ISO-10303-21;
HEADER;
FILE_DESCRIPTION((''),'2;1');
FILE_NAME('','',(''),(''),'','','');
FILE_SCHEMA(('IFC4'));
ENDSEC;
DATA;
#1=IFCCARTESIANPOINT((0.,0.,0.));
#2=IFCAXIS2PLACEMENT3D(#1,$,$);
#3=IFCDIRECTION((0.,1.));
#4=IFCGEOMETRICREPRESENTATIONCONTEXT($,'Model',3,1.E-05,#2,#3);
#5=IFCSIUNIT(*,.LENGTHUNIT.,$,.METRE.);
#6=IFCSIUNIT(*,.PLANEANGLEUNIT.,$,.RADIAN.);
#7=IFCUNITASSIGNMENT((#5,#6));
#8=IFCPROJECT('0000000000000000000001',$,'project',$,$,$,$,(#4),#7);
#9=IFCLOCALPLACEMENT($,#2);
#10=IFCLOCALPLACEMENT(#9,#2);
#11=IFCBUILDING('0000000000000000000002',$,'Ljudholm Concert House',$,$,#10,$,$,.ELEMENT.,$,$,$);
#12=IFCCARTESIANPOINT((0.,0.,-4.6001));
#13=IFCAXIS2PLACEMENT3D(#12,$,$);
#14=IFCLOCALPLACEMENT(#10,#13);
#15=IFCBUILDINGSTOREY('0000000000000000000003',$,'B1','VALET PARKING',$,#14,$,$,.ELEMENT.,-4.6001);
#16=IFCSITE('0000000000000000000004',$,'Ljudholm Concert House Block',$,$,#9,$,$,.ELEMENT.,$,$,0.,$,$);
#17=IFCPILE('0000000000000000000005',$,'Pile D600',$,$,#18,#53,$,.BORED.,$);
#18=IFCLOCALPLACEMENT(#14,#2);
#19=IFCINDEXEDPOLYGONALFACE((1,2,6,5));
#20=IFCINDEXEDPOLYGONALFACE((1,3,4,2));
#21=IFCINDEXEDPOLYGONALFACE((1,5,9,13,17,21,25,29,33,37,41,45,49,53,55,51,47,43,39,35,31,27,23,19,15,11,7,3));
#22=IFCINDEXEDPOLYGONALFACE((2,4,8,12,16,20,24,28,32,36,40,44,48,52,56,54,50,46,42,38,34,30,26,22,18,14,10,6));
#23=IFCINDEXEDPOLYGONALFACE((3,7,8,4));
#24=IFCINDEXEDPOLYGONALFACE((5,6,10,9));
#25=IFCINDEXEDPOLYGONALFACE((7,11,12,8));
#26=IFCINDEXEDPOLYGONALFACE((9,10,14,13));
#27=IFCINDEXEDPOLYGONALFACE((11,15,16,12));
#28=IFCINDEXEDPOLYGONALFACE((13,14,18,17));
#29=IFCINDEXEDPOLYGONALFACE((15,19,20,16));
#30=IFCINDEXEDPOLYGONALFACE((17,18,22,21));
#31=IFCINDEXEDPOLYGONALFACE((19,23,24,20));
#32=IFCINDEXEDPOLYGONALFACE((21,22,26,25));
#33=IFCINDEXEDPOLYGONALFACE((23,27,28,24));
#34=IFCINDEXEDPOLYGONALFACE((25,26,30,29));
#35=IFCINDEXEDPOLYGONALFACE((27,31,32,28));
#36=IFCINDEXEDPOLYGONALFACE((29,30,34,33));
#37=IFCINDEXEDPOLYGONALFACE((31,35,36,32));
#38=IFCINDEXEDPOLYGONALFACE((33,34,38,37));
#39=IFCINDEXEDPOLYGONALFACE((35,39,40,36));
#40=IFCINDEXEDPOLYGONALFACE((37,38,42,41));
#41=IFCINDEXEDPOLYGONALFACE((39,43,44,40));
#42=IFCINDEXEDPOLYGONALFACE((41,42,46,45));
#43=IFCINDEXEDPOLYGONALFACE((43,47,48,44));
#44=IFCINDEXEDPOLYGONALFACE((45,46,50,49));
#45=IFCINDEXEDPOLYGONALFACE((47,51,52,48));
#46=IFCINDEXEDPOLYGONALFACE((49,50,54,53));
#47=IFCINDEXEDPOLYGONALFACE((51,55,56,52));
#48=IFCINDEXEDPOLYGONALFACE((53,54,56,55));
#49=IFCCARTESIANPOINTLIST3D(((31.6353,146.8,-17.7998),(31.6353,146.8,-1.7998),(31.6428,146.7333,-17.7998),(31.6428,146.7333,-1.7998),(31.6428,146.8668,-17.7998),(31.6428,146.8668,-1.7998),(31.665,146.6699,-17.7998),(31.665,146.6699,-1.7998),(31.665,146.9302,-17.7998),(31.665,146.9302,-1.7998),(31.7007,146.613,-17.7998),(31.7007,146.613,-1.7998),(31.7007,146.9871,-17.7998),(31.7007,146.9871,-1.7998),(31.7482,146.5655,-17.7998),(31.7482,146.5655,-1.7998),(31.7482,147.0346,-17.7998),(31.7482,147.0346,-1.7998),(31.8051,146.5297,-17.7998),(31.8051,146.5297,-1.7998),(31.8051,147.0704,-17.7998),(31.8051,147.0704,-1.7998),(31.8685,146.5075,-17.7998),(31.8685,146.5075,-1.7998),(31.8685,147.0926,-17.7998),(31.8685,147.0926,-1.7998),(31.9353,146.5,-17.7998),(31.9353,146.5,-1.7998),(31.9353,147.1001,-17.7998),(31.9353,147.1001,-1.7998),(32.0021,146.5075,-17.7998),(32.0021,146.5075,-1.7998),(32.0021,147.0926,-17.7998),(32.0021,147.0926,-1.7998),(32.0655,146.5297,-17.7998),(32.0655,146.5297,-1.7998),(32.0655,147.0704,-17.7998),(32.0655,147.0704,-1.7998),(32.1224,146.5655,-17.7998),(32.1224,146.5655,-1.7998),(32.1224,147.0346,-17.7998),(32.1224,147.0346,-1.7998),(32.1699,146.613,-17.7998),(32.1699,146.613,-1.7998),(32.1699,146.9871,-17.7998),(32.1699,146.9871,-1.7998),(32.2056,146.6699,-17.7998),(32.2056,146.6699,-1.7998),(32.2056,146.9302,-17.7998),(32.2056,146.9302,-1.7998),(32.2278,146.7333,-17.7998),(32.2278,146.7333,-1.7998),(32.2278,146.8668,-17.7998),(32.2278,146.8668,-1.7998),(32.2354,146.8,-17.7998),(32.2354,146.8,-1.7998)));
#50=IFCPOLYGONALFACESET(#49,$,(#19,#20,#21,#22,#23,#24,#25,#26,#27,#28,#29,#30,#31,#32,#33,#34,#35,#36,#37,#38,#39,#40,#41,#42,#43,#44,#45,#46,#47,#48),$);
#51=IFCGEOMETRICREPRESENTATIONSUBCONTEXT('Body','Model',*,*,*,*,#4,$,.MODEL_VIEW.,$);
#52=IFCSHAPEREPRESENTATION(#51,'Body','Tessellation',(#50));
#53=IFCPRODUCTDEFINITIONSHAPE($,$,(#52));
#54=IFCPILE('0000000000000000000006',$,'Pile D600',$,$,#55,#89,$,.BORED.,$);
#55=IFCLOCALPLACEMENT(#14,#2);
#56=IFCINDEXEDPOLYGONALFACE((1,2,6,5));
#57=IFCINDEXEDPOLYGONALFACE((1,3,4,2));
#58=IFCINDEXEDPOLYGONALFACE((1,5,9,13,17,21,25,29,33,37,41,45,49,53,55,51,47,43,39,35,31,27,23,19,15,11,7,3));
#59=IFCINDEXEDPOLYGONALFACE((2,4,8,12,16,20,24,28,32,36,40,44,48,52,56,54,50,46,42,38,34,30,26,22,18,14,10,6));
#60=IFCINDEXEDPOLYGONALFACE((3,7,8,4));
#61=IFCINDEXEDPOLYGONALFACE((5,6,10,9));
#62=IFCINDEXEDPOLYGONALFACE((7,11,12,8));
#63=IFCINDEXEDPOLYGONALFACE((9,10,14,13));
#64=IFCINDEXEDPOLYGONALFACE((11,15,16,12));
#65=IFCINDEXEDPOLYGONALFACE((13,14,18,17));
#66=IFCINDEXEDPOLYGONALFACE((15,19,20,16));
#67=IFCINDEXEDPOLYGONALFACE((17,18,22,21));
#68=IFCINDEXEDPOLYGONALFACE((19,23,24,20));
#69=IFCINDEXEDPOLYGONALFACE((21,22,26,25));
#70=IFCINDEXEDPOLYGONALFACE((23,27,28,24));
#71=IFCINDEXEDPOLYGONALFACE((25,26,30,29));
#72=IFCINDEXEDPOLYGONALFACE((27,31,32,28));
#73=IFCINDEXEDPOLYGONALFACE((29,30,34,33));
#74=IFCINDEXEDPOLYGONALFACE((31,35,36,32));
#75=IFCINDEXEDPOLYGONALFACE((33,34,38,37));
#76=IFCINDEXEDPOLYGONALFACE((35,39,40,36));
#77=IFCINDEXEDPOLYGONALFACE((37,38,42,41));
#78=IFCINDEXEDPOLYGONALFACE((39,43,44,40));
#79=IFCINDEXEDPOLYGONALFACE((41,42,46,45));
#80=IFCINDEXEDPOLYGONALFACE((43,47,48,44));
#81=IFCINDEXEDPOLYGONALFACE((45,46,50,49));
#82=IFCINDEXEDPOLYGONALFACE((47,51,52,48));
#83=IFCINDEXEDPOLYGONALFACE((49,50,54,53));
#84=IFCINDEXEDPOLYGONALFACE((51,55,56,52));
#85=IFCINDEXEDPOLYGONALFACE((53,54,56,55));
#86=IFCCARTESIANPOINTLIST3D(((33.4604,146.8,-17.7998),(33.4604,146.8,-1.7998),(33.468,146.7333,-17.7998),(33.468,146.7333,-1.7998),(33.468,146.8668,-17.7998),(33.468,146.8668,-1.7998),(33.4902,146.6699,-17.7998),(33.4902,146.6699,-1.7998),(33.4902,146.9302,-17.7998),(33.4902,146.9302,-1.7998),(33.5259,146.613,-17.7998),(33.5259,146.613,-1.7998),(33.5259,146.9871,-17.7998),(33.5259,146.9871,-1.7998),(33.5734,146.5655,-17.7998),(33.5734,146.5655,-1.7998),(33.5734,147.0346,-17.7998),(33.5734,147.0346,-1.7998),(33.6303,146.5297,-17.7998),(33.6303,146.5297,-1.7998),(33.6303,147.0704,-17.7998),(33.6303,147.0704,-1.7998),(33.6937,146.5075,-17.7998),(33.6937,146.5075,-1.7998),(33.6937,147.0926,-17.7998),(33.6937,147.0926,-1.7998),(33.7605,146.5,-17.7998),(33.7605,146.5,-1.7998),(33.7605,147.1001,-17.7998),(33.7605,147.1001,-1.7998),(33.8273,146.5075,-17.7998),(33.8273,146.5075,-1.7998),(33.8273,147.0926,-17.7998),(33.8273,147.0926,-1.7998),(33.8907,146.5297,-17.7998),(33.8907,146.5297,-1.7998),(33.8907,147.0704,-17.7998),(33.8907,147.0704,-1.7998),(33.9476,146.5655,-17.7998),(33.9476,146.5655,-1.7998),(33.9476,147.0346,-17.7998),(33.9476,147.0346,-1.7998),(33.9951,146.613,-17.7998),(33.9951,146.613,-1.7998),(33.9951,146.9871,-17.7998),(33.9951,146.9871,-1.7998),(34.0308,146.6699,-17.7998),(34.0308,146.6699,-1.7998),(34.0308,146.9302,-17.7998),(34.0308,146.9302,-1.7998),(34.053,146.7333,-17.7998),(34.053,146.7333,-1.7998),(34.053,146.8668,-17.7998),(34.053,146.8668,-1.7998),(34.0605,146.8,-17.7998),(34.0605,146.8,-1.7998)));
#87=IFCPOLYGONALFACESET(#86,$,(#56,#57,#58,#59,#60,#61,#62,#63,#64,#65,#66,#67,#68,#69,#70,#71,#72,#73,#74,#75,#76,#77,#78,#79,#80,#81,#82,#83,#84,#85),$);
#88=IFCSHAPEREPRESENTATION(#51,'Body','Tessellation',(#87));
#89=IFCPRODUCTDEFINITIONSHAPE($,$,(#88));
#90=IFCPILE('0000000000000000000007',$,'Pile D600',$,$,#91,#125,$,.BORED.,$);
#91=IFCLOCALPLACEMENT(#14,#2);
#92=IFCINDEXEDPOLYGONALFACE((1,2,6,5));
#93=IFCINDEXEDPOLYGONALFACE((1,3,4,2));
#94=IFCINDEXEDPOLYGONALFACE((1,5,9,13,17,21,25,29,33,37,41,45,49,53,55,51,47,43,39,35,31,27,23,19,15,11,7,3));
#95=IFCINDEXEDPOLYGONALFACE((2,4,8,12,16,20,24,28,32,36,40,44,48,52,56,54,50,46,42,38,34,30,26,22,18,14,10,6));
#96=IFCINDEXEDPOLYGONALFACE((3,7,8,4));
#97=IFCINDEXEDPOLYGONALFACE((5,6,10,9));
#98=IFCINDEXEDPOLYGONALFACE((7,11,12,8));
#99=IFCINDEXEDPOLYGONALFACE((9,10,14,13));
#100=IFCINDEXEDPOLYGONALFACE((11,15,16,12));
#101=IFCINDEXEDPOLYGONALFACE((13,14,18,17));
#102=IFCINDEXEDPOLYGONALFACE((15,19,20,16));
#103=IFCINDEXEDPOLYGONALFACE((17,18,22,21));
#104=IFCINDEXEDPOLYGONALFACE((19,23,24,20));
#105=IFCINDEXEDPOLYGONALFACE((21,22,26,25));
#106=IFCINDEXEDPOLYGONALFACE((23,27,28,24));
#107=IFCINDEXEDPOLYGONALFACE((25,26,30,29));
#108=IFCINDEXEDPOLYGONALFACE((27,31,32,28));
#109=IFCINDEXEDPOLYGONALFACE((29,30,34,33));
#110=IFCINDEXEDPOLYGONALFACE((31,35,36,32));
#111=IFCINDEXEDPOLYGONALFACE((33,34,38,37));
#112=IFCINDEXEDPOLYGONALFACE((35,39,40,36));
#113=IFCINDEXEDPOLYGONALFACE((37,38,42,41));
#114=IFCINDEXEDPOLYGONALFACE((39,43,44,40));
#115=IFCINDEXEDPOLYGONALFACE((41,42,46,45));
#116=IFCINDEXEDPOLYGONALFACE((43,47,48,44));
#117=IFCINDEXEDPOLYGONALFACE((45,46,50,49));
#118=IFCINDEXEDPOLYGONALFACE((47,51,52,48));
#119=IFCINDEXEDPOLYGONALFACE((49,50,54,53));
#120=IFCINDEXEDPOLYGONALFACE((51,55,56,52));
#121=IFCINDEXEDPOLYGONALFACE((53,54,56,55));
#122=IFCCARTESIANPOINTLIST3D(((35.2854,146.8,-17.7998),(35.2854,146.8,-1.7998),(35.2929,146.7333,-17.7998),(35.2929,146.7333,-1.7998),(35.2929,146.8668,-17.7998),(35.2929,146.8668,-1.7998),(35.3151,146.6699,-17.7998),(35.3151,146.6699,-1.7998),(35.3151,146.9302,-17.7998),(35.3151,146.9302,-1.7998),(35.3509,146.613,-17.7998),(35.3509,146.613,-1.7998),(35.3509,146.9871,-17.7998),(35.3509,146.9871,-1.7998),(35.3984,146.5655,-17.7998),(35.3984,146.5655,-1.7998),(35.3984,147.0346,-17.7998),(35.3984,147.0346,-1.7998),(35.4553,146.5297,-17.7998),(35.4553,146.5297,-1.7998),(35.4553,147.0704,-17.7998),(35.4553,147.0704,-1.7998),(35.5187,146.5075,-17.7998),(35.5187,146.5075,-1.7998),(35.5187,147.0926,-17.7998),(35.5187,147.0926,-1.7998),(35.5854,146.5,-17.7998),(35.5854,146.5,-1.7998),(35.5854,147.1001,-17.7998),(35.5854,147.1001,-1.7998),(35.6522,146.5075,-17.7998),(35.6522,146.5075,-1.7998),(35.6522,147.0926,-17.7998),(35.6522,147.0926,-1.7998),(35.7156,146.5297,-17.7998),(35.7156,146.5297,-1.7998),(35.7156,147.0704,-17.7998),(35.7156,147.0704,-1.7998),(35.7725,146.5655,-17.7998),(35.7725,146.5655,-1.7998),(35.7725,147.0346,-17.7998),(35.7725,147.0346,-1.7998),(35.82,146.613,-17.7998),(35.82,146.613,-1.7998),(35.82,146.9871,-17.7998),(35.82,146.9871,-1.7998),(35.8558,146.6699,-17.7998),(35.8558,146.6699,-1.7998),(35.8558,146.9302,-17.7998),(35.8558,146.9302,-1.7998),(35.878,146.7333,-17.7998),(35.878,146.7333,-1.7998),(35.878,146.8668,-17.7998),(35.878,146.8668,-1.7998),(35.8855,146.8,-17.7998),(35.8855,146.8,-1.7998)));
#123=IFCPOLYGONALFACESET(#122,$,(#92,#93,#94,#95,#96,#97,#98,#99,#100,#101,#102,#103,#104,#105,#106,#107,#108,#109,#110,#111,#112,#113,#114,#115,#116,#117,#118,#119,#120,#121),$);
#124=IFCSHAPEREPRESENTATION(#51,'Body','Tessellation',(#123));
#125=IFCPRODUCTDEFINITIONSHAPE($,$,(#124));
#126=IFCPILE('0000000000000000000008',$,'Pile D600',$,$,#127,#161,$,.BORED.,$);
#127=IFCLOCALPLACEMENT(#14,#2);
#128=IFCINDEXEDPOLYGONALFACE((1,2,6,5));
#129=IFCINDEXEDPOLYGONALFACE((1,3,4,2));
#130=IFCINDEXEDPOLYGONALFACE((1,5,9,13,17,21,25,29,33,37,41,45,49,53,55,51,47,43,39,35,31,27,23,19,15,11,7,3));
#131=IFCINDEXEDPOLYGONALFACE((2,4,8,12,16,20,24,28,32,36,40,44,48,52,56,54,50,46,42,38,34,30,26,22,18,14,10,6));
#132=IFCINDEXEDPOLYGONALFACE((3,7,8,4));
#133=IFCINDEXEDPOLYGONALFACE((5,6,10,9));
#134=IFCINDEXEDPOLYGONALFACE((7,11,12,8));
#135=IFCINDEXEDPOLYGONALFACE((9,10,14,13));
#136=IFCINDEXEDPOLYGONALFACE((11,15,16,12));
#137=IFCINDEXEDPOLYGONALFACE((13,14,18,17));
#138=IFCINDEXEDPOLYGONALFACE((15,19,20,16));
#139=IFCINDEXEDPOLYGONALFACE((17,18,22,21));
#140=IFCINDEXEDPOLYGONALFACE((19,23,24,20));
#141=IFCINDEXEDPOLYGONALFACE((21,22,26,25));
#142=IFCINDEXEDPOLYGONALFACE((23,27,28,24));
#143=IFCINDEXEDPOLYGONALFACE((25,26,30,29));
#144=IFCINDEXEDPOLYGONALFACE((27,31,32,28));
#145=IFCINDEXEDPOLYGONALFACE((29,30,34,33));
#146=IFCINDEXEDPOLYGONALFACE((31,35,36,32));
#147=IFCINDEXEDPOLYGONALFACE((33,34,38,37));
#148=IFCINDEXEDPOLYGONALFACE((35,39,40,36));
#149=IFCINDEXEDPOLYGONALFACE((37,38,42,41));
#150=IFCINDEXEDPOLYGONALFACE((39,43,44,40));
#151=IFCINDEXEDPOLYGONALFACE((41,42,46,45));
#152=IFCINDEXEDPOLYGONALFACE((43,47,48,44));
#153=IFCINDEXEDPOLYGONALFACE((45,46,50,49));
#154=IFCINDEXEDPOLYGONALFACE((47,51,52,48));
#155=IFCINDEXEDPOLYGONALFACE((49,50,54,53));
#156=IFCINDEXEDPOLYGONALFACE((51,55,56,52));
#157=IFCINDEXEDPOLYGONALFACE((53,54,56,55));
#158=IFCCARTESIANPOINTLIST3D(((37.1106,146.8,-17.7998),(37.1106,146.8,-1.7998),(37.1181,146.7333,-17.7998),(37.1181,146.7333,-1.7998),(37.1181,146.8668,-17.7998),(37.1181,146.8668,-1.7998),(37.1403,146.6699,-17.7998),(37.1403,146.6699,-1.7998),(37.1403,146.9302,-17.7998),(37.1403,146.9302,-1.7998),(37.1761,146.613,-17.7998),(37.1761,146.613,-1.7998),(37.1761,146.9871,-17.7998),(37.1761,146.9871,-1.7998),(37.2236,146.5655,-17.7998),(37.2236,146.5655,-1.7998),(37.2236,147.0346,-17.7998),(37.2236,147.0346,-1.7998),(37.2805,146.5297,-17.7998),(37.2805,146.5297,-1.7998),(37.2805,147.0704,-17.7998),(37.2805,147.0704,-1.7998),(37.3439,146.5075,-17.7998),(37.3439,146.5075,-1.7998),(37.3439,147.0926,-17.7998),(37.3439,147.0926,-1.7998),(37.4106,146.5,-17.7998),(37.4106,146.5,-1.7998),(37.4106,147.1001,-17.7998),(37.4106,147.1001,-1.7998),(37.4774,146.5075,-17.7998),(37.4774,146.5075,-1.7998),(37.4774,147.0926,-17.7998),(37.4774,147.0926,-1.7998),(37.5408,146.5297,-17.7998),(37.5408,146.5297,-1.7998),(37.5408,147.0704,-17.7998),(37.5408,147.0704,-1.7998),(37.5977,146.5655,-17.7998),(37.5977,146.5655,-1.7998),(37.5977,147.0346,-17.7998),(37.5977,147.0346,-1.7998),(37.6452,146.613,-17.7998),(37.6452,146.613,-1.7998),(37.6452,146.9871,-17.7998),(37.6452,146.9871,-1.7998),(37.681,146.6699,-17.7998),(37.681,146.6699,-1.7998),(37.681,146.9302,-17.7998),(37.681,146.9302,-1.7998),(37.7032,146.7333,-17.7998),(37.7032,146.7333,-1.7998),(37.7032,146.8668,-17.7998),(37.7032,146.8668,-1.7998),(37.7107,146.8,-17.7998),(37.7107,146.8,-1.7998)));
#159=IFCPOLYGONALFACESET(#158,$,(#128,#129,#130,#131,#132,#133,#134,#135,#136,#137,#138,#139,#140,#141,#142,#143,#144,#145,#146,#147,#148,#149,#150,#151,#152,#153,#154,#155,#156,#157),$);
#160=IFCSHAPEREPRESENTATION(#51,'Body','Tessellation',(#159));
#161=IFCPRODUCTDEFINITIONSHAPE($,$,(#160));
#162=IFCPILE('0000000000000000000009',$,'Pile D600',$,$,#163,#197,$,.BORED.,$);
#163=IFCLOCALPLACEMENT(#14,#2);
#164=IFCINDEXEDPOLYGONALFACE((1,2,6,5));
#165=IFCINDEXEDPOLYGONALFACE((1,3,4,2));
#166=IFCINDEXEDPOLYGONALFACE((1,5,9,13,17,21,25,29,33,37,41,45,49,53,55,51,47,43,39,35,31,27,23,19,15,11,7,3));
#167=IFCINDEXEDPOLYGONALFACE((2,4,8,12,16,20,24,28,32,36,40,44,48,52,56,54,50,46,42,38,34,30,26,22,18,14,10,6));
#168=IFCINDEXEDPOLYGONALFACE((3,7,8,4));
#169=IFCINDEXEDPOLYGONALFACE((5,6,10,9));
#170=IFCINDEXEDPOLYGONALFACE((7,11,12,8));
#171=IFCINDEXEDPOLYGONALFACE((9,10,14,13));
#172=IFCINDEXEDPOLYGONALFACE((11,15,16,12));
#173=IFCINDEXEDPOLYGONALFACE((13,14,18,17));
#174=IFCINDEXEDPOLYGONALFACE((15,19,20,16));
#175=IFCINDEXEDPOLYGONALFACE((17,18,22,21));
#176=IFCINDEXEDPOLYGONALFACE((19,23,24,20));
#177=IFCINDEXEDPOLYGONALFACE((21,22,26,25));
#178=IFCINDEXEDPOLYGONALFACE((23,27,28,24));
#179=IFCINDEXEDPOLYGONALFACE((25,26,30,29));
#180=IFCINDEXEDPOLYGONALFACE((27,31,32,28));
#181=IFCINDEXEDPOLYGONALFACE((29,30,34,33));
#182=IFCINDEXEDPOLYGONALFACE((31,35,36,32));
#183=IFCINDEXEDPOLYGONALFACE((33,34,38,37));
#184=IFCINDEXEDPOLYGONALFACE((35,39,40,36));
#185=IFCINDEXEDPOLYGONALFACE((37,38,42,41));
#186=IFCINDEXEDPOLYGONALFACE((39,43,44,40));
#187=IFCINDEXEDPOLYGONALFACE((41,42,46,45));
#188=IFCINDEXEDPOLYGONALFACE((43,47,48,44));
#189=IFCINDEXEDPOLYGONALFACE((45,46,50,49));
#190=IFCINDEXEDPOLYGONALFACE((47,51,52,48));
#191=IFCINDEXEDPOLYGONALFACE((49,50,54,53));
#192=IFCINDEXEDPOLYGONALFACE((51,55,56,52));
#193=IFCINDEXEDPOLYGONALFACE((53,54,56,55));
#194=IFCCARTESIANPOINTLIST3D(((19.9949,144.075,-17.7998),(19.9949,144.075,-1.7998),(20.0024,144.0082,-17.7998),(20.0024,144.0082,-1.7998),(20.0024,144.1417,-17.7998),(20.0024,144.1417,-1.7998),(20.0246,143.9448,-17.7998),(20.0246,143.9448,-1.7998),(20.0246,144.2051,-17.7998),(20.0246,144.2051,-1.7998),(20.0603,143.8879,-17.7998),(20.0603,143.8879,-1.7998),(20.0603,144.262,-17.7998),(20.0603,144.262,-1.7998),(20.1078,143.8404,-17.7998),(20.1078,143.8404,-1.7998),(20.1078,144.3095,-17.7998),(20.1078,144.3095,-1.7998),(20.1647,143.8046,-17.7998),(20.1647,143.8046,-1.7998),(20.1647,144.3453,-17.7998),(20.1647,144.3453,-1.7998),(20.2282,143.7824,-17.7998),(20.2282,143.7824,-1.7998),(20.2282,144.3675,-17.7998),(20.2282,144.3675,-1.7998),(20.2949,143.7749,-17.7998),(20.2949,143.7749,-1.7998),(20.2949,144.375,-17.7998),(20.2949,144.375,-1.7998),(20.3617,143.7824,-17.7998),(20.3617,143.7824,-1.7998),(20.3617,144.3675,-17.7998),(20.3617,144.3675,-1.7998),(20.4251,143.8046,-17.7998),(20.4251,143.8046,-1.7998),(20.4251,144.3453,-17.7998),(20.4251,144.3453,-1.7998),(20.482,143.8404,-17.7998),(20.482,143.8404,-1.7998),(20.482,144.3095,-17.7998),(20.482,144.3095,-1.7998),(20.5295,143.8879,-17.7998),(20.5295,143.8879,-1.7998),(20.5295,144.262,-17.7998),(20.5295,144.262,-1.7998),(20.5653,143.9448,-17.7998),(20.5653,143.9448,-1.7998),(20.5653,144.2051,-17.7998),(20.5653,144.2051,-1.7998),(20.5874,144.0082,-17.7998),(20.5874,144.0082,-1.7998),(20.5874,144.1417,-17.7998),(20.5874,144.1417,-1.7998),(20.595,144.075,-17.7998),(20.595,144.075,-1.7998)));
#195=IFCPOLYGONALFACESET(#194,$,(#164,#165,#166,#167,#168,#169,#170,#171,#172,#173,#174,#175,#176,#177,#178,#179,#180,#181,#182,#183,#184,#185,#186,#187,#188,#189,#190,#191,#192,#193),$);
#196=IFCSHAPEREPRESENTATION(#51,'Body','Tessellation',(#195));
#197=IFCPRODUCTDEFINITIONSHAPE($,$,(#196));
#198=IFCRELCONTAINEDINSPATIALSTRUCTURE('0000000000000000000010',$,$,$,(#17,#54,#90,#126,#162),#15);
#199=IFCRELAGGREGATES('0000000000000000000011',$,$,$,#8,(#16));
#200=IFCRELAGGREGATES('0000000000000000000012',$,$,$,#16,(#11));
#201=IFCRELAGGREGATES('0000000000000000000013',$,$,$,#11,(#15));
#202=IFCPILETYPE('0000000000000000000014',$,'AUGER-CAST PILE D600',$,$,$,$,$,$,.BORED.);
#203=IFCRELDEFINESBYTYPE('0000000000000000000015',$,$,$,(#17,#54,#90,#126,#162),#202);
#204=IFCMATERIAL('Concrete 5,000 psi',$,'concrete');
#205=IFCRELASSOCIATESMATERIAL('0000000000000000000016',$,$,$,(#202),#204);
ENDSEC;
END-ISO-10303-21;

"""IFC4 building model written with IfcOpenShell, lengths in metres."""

from ifc_helpers import new_model, si_unit, direction, frame, origin, origin_2d, place, context, subcontext, project, spatial, circle, extrude, material, material_profile, profile_set, type_object, element, save


model = new_model("IFC4")

# Units and contexts
model_context = context("Model", 3, precision=1e-05, world=origin(), true_north=direction((0.0, 1.0)))
body_context = subcontext(model_context, "Body", "Model", "MODEL_VIEW")
ifc_project = project(units=[si_unit("LENGTHUNIT", "METRE"), si_unit("PLANEANGLEUNIT", "RADIAN")], contexts=[model_context])

# Site, building, storey
site_placement = place(None, origin())
site = spatial("IfcSite", under=ifc_project, at=site_placement, Name="Ljudholm Concert House Block", CompositionType="ELEMENT", RefElevation=0.0)
building_placement = place(site_placement, origin())
building = spatial("IfcBuilding", under=site, at=building_placement, Name="Ljudholm Concert House", CompositionType="ELEMENT")
storey_placement = place(building_placement, frame((0.0, 0.0, -4.6001)))
storey = spatial("IfcBuildingStorey", under=building, at=storey_placement, Name="B1", Description="VALET PARKING", CompositionType="ELEMENT", Elevation=-4.6001)

# Piles
ifc_material_1 = material(Name="Concrete 5,000 psi", Category="concrete")
ifc_material_profile_1 = material_profile(ifc_material_1, circle(Radius=0.3, at=origin_2d()), Name="AUGER-CAST PILE D600")
ifc_profile_set_1 = profile_set([ifc_material_profile_1], Name="Concrete 5,000 psi")
pile_type = type_object("IfcPileType", Name="AUGER-CAST PILE D600", PredefinedType="BORED", material=ifc_profile_set_1)
for number, where, z_axis, x_axis, name in (
    (1, (31.9353, 146.8, -1.7998), (0.0, 0.0, -1.0), (1.0, 0.0, 0.0), "Pile D600"),
    (2, (33.7605, 146.8, -1.7998), (0.0, 0.0, -1.0), (1.0, 0.0, 0.0), "Pile D600"),
    (3, (35.5854, 146.8, -1.7998), (0.0, 0.0, -1.0), (1.0, 0.0, 0.0), "Pile D600"),
    (4, (37.4106, 146.8, -1.7998), (0.0, 0.0, -1.0), (1.0, 0.0, 0.0), "Pile D600"),
    (5, (20.2949, 144.075, -1.7998), (0.0, 0.0, -1.0), (1.0, 0.0, 0.0), "Pile D600"),
):
    element("IfcPile", number, at=place(storey_placement, frame(where, z_axis=z_axis, x_axis=x_axis)), inside=storey, type_object=pile_type, Name=name, PredefinedType="BORED", context=body_context, shape_type="SweptSolid", body=[
        extrude(circle(Radius=0.3, at=origin_2d()), origin(), (0.0, 0.0, 1.0), 16.0),
    ])

save(model, "model.ifc")
